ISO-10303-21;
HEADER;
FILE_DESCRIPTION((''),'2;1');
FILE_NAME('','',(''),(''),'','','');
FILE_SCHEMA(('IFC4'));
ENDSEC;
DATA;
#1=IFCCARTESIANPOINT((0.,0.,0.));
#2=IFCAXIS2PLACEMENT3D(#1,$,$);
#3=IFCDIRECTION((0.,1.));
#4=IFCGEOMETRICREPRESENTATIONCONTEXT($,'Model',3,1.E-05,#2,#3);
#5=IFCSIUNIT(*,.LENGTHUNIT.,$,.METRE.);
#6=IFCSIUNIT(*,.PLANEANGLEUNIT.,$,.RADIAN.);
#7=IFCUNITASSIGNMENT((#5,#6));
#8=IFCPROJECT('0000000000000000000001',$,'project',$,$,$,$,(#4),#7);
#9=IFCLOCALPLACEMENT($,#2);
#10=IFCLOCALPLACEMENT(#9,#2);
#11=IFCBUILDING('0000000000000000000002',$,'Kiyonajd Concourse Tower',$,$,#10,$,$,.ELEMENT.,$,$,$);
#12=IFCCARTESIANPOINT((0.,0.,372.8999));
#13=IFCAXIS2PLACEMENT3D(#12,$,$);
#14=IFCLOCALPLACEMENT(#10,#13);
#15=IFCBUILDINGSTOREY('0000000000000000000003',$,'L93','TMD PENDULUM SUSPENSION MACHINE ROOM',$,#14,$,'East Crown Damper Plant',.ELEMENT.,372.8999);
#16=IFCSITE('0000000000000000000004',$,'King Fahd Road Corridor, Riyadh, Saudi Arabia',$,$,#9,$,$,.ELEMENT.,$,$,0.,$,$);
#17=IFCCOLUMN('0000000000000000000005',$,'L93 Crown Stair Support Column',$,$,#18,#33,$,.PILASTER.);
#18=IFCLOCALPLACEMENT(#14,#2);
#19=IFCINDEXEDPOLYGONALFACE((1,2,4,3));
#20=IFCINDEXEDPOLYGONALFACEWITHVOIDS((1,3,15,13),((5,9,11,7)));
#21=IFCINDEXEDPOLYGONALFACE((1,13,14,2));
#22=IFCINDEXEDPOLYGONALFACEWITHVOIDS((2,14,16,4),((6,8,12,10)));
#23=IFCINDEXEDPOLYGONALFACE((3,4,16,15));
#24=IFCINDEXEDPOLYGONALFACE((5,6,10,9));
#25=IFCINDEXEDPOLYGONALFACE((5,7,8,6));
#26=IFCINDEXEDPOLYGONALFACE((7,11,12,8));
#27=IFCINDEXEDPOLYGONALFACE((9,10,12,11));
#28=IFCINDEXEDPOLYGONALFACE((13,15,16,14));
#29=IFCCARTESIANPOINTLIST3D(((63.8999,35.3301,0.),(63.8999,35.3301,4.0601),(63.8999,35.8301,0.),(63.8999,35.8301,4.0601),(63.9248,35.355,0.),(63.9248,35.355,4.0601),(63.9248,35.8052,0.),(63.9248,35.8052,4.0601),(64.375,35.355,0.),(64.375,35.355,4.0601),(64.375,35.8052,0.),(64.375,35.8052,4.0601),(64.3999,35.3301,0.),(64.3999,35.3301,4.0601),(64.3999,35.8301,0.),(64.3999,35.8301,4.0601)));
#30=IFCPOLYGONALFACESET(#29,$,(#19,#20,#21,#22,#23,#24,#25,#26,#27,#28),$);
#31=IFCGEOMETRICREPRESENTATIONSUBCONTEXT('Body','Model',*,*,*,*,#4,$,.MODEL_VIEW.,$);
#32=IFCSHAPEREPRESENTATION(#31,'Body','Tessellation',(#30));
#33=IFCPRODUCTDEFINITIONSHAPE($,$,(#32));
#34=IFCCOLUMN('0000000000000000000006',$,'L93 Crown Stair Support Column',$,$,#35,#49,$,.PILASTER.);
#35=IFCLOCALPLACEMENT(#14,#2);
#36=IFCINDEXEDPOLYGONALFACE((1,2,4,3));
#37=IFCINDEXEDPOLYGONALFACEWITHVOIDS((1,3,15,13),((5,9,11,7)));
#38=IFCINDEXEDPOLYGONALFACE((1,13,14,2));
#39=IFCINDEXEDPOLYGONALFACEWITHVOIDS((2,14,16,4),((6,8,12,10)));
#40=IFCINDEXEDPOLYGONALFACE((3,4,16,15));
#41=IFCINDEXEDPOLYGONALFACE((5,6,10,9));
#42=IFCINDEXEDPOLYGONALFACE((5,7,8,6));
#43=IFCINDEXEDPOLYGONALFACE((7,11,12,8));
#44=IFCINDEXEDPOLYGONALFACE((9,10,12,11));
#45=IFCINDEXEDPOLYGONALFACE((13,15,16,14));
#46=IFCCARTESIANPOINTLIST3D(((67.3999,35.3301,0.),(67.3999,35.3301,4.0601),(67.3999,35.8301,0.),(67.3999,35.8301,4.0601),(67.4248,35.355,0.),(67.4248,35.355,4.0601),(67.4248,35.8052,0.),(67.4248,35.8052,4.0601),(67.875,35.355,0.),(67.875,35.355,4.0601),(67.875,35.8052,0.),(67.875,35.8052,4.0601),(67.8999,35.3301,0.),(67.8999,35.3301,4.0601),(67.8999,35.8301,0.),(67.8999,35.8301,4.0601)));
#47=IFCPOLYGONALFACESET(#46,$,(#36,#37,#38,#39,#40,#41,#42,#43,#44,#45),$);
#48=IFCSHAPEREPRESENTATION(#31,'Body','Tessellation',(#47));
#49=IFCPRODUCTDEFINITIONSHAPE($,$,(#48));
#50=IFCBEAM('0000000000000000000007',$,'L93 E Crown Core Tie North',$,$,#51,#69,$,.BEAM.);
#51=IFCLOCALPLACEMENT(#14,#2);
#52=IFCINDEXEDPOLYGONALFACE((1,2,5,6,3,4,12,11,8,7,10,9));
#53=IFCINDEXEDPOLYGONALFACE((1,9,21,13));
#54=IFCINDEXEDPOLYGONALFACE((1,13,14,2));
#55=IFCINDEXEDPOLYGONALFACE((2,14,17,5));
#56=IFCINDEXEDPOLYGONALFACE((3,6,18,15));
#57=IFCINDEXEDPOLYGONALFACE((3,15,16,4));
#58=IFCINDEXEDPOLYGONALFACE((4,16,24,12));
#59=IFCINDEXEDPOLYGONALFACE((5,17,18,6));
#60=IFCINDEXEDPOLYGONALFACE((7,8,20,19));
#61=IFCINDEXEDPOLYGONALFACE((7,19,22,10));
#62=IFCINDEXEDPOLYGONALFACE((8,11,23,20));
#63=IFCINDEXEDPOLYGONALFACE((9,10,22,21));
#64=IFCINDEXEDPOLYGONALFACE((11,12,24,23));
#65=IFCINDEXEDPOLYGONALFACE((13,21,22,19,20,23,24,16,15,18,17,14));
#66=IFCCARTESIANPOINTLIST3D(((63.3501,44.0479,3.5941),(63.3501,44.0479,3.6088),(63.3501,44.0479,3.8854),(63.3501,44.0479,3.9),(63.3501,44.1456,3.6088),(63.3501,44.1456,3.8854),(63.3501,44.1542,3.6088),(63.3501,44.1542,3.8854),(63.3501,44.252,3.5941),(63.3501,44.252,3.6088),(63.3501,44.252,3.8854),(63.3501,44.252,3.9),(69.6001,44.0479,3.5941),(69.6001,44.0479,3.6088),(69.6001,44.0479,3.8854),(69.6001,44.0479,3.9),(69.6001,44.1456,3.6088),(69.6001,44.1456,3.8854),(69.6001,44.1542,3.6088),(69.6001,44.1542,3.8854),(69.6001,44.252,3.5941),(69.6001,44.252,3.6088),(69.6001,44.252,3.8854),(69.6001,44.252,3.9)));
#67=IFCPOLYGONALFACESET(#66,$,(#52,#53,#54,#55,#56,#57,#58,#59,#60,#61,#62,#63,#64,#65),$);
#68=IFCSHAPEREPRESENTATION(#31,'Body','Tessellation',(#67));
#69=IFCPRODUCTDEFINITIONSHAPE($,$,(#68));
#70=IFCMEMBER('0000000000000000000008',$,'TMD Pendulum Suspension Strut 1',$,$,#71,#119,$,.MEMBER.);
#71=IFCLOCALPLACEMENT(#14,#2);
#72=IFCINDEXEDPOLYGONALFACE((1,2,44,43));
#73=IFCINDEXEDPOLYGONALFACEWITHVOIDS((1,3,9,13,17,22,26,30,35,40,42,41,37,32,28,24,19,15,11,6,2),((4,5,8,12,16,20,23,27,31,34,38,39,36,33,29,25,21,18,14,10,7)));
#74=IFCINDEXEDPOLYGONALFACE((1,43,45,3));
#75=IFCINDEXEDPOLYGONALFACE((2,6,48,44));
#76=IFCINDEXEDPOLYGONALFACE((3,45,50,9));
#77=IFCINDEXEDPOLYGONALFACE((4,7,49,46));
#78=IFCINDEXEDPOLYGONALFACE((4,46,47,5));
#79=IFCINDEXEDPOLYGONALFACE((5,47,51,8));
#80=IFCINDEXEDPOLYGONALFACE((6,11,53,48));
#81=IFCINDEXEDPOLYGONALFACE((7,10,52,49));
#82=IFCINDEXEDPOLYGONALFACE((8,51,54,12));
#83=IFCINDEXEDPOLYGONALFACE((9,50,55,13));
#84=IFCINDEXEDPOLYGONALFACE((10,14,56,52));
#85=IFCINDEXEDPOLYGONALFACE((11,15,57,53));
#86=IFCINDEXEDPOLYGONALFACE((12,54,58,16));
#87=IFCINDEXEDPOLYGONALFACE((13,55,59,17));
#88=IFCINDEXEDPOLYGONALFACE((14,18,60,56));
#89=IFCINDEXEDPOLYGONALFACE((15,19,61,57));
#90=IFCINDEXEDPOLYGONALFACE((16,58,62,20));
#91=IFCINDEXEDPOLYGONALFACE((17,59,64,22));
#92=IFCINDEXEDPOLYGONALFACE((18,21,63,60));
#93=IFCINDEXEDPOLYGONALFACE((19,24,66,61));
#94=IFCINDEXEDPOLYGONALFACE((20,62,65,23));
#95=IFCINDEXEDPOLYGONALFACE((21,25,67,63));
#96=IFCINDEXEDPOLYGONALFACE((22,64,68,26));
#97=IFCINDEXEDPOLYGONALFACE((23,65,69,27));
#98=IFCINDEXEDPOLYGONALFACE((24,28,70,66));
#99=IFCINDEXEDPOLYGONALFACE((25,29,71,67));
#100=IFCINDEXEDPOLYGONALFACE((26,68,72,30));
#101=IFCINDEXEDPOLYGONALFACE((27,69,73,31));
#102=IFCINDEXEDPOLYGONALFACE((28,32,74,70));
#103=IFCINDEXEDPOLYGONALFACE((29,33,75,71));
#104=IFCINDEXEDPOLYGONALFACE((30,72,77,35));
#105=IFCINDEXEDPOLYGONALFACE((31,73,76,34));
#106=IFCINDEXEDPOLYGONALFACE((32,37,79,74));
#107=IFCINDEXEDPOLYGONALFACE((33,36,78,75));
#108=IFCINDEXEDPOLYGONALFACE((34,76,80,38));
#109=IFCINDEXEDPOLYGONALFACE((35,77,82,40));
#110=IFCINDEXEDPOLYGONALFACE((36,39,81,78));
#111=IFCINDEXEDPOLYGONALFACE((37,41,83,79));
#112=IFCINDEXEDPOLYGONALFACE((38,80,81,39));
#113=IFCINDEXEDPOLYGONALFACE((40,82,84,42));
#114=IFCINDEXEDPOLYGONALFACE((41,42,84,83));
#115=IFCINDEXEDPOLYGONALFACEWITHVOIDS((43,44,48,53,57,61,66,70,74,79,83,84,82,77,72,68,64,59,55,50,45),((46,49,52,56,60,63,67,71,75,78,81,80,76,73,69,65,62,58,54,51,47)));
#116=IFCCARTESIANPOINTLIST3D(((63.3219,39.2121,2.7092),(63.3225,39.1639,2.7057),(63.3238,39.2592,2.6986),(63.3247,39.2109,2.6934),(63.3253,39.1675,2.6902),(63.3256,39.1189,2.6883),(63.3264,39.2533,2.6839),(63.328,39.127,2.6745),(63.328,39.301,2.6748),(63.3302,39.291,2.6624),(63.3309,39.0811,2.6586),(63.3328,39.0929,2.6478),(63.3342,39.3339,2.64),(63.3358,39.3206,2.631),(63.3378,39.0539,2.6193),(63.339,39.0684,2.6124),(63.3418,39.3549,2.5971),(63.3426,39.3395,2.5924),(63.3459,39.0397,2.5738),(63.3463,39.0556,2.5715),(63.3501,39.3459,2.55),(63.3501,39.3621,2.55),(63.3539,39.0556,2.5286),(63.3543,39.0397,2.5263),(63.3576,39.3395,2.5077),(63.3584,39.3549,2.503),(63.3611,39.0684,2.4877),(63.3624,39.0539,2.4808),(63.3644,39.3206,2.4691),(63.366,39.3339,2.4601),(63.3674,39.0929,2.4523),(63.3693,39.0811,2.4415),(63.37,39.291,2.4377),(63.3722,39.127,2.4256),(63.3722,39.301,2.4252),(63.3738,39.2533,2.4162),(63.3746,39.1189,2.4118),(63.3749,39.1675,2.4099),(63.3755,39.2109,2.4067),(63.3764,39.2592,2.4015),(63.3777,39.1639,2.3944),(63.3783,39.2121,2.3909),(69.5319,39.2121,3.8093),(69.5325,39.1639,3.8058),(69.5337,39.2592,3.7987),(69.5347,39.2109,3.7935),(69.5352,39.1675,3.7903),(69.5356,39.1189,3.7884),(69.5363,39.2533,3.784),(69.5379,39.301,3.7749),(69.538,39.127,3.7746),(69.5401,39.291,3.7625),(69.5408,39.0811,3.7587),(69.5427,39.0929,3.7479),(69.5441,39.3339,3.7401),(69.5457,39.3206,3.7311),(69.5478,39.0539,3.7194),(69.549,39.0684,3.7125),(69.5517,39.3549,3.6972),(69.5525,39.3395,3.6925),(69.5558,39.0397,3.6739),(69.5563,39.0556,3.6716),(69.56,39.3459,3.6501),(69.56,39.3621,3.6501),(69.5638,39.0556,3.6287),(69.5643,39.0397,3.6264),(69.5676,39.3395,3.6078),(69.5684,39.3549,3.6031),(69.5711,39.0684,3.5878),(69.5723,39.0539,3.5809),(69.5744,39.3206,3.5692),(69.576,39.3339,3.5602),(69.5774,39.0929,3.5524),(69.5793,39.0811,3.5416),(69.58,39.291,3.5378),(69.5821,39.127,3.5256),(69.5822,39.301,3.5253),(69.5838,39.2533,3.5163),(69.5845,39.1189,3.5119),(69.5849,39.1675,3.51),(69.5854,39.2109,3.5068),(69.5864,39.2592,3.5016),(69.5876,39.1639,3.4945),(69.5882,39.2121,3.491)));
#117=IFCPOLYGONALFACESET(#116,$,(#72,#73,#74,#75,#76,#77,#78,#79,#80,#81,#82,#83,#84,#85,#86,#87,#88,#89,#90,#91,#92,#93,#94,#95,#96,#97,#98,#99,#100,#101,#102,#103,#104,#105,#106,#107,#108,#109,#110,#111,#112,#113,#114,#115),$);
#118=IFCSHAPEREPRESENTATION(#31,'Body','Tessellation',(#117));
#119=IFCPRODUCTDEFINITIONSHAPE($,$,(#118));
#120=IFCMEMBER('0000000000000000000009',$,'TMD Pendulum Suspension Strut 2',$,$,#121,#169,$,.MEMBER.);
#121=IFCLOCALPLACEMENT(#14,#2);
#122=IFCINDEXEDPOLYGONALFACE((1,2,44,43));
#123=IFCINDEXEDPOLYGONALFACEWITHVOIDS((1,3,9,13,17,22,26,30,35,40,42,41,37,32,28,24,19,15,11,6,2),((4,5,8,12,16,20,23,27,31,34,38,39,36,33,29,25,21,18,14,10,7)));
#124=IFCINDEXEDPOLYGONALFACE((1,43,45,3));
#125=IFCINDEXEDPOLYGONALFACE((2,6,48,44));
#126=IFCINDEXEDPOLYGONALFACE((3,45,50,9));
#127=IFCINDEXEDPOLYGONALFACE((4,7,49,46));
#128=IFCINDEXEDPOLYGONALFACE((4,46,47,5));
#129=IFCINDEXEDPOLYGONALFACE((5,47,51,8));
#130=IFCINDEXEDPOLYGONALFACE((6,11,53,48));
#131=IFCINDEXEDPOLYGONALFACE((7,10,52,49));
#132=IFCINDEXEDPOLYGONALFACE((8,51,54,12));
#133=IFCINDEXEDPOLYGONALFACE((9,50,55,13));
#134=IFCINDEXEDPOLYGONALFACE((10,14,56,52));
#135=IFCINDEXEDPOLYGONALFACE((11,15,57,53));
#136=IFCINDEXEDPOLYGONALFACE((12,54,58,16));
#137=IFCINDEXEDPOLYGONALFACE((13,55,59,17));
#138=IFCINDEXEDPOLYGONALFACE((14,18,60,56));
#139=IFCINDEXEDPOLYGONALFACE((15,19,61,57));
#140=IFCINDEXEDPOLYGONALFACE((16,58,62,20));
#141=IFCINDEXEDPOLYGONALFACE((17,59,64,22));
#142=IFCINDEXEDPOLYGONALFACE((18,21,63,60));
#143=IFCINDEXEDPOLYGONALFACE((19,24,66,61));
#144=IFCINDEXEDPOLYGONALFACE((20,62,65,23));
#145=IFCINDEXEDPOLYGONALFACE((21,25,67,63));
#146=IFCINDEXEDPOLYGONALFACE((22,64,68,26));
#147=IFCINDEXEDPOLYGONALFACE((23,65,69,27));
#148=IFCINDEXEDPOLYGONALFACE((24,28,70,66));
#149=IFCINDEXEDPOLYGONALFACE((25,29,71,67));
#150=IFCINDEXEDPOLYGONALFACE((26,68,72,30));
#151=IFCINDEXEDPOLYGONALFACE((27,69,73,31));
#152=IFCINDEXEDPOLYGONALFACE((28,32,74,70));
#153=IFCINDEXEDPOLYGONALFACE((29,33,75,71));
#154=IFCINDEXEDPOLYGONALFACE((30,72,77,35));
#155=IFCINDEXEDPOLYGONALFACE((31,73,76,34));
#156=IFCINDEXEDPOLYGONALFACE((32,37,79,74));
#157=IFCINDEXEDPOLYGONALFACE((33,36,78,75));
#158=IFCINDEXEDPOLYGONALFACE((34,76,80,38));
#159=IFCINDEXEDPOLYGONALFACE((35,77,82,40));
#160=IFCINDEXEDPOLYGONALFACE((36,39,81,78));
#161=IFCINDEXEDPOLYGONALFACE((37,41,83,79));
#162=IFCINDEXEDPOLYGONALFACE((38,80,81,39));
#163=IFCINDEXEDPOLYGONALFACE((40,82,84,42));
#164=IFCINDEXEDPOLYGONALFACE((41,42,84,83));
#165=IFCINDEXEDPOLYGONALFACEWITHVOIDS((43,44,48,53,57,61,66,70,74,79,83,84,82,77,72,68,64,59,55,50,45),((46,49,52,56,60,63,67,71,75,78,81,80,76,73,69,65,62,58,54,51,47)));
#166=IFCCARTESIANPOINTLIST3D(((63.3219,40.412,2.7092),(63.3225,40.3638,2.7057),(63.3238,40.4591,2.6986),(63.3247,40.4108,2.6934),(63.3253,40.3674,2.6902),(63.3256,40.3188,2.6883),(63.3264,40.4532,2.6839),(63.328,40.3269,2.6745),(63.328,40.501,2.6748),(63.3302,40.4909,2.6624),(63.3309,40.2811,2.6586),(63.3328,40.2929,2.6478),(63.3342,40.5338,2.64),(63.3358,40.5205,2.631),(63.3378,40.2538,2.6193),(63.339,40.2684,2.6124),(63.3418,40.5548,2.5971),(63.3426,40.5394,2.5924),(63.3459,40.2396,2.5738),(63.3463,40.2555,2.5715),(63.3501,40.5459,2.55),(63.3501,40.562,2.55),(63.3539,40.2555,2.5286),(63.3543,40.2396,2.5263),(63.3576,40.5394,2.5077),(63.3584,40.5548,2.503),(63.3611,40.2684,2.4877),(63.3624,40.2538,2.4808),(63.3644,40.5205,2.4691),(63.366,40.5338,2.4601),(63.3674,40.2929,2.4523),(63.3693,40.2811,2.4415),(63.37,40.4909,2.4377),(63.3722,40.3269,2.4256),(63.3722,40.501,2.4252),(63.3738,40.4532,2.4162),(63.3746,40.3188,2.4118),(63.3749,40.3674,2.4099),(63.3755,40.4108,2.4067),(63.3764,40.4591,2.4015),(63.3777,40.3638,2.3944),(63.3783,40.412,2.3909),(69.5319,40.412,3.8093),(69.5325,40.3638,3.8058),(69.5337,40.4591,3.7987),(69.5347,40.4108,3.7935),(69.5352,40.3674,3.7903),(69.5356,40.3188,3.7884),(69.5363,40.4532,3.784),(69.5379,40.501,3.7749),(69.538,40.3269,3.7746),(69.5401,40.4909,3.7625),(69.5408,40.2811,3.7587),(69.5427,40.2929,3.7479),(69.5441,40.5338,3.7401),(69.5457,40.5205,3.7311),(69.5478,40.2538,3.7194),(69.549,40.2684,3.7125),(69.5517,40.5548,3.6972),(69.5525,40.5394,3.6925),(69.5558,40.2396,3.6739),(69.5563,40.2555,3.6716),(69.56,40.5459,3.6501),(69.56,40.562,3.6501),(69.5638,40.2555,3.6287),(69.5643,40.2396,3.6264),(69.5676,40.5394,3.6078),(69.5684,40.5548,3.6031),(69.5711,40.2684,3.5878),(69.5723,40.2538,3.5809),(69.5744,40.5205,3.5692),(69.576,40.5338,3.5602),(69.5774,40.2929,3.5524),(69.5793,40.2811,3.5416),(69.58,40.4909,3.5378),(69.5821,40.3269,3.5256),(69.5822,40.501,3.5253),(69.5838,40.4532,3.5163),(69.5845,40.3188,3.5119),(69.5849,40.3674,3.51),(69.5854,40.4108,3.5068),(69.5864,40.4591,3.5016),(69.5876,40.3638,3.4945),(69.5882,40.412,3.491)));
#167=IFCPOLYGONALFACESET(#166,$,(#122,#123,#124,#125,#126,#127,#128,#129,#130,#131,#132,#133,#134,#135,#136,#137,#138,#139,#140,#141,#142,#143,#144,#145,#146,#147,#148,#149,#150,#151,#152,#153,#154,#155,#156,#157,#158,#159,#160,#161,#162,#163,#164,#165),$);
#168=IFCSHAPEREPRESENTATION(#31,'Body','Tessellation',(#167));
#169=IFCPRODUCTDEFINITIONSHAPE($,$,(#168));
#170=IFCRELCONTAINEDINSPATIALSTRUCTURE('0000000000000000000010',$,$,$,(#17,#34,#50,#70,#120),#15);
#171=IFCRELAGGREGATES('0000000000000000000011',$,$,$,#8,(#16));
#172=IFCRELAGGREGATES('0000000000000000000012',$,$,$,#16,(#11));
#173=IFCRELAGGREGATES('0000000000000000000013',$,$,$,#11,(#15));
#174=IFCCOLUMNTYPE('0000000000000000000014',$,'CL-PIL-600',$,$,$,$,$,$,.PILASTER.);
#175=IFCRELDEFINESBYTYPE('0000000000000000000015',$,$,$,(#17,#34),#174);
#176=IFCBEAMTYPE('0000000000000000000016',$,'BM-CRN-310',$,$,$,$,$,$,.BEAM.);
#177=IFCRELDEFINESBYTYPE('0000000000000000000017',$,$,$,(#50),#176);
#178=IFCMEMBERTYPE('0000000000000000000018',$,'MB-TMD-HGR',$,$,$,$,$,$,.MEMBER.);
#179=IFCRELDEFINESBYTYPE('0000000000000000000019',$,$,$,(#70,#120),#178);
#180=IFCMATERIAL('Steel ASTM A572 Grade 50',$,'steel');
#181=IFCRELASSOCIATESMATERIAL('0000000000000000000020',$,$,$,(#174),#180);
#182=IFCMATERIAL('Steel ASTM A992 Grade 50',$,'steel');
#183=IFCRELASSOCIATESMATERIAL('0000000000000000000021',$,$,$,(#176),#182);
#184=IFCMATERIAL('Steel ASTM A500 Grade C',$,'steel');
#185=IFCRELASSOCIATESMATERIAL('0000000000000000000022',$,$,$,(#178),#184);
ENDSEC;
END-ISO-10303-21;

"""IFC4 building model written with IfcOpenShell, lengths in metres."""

from ifc_helpers import new_model, si_unit, direction, frame, origin, origin_2d, place, context, subcontext, project, spatial, hollow_rectangle, hollow_circle, i_section, extrude, material, material_profile, profile_set, type_object, element, save


model = new_model("IFC4")

# Units and contexts
model_context = context("Model", 3, precision=1e-05, world=origin(), true_north=direction((0.0, 1.0)))
body_context = subcontext(model_context, "Body", "Model", "MODEL_VIEW")
ifc_project = project(units=[si_unit("LENGTHUNIT", "METRE"), si_unit("PLANEANGLEUNIT", "RADIAN")], contexts=[model_context])

# Site, building, storey
site_placement = place(None, origin())
site = spatial("IfcSite", under=ifc_project, at=site_placement, Name="King Fahd Road Corridor, Riyadh, Saudi Arabia", CompositionType="ELEMENT", RefElevation=0.0)
building_placement = place(site_placement, origin())
building = spatial("IfcBuilding", under=site, at=building_placement, Name="Kiyonajd Concourse Tower", CompositionType="ELEMENT")
storey_placement = place(building_placement, frame((0.0, 0.0, 372.8999)))
storey = spatial("IfcBuildingStorey", under=building, at=storey_placement, Name="L93", Description="TMD PENDULUM SUSPENSION MACHINE ROOM", LongName="East Crown Damper Plant", CompositionType="ELEMENT", Elevation=372.8999)

# Columns
ifc_material_1 = material(Name="Steel ASTM A572 Grade 50", Category="steel")
ifc_material_profile_1 = material_profile(ifc_material_1, hollow_rectangle(XDim=0.5, YDim=0.5, WallThickness=0.0249, at=origin_2d()), Name="HSS-500x500x25")
ifc_profile_set_1 = profile_set([ifc_material_profile_1], Name="Steel ASTM A572 Grade 50")
column_type = type_object("IfcColumnType", Name="CL-PIL-600", PredefinedType="PILASTER", material=ifc_profile_set_1)
for number, where, z_axis, x_axis, name in (
    (1, (64.1499, 35.5801, 0.0), (0.0, 0.0, 1.0), (1.0, 0.0, 0.0), "L93 Crown Stair Support Column"),
    (2, (67.6499, 35.5801, 0.0), (0.0, 0.0, 1.0), (1.0, 0.0, 0.0), "L93 Crown Stair Support Column"),
):
    element("IfcColumn", number, at=place(storey_placement, frame(where, z_axis=z_axis, x_axis=x_axis)), inside=storey, type_object=column_type, Name=name, PredefinedType="PILASTER", context=body_context, shape_type="SweptSolid", body=[
        extrude(hollow_rectangle(XDim=0.5, YDim=0.5, WallThickness=0.0249, at=origin_2d()), origin(), (0.0, 0.0, 1.0), 4.0601),
    ])

# Beam
ifc_material_2 = material(Name="Steel ASTM A992 Grade 50", Category="steel")
ifc_material_profile_2 = material_profile(ifc_material_2, i_section(OverallWidth=0.2041, OverallDepth=0.3059, WebThickness=0.0085, FlangeThickness=0.0146, at=origin_2d()), Name="W310X67")
ifc_profile_set_2 = profile_set([ifc_material_profile_2], Name="Steel ASTM A992 Grade 50")
beam_type = type_object("IfcBeamType", Name="BM-CRN-310", PredefinedType="BEAM", material=ifc_profile_set_2)
beam_placement = place(storey_placement, frame((63.3501, 44.1499, 3.7471), z_axis=(1.0, 0.0, 0.0), x_axis=(0.0, 1.0, 0.0)))
element("IfcBeam", 3, at=beam_placement, inside=storey, type_object=beam_type, Name="L93 E Crown Core Tie North", PredefinedType="BEAM", context=body_context, shape_type="SweptSolid", body=[
    extrude(i_section(OverallWidth=0.2041, OverallDepth=0.3059, WebThickness=0.0085, FlangeThickness=0.0146, at=origin_2d()), origin(), (0.0, 0.0, 1.0), 6.25),
])

# Members
ifc_material_3 = material(Name="Steel ASTM A500 Grade C", Category="steel")
ifc_material_profile_3 = material_profile(ifc_material_3, hollow_circle(Radius=0.1621, WallThickness=0.0161, at=origin_2d()), Name="CHS-324x16")
ifc_profile_set_3 = profile_set([ifc_material_profile_3], Name="Steel ASTM A500 Grade C")
member_type = type_object("IfcMemberType", Name="MB-TMD-HGR", PredefinedType="MEMBER", material=ifc_profile_set_3)
for number, where, z_axis, x_axis, name in (
    (4, (63.3501, 39.2, 2.55), (0.984669, 0.0, 0.174435), (0.0, 1.0, 0.0), "TMD Pendulum Suspension Strut 1"),
    (5, (63.3501, 40.3999, 2.55), (0.984669, 0.0, 0.174435), (0.0, 1.0, 0.0), "TMD Pendulum Suspension Strut 2"),
):
    element("IfcMember", number, at=place(storey_placement, frame(where, z_axis=z_axis, x_axis=x_axis)), inside=storey, type_object=member_type, Name=name, PredefinedType="MEMBER", context=body_context, shape_type="SweptSolid", body=[
        extrude(hollow_circle(Radius=0.1621, WallThickness=0.0161, at=origin_2d()), origin(), (0.0, 0.0, 1.0), 6.3066),
    ])

save(model, "model.ifc")
